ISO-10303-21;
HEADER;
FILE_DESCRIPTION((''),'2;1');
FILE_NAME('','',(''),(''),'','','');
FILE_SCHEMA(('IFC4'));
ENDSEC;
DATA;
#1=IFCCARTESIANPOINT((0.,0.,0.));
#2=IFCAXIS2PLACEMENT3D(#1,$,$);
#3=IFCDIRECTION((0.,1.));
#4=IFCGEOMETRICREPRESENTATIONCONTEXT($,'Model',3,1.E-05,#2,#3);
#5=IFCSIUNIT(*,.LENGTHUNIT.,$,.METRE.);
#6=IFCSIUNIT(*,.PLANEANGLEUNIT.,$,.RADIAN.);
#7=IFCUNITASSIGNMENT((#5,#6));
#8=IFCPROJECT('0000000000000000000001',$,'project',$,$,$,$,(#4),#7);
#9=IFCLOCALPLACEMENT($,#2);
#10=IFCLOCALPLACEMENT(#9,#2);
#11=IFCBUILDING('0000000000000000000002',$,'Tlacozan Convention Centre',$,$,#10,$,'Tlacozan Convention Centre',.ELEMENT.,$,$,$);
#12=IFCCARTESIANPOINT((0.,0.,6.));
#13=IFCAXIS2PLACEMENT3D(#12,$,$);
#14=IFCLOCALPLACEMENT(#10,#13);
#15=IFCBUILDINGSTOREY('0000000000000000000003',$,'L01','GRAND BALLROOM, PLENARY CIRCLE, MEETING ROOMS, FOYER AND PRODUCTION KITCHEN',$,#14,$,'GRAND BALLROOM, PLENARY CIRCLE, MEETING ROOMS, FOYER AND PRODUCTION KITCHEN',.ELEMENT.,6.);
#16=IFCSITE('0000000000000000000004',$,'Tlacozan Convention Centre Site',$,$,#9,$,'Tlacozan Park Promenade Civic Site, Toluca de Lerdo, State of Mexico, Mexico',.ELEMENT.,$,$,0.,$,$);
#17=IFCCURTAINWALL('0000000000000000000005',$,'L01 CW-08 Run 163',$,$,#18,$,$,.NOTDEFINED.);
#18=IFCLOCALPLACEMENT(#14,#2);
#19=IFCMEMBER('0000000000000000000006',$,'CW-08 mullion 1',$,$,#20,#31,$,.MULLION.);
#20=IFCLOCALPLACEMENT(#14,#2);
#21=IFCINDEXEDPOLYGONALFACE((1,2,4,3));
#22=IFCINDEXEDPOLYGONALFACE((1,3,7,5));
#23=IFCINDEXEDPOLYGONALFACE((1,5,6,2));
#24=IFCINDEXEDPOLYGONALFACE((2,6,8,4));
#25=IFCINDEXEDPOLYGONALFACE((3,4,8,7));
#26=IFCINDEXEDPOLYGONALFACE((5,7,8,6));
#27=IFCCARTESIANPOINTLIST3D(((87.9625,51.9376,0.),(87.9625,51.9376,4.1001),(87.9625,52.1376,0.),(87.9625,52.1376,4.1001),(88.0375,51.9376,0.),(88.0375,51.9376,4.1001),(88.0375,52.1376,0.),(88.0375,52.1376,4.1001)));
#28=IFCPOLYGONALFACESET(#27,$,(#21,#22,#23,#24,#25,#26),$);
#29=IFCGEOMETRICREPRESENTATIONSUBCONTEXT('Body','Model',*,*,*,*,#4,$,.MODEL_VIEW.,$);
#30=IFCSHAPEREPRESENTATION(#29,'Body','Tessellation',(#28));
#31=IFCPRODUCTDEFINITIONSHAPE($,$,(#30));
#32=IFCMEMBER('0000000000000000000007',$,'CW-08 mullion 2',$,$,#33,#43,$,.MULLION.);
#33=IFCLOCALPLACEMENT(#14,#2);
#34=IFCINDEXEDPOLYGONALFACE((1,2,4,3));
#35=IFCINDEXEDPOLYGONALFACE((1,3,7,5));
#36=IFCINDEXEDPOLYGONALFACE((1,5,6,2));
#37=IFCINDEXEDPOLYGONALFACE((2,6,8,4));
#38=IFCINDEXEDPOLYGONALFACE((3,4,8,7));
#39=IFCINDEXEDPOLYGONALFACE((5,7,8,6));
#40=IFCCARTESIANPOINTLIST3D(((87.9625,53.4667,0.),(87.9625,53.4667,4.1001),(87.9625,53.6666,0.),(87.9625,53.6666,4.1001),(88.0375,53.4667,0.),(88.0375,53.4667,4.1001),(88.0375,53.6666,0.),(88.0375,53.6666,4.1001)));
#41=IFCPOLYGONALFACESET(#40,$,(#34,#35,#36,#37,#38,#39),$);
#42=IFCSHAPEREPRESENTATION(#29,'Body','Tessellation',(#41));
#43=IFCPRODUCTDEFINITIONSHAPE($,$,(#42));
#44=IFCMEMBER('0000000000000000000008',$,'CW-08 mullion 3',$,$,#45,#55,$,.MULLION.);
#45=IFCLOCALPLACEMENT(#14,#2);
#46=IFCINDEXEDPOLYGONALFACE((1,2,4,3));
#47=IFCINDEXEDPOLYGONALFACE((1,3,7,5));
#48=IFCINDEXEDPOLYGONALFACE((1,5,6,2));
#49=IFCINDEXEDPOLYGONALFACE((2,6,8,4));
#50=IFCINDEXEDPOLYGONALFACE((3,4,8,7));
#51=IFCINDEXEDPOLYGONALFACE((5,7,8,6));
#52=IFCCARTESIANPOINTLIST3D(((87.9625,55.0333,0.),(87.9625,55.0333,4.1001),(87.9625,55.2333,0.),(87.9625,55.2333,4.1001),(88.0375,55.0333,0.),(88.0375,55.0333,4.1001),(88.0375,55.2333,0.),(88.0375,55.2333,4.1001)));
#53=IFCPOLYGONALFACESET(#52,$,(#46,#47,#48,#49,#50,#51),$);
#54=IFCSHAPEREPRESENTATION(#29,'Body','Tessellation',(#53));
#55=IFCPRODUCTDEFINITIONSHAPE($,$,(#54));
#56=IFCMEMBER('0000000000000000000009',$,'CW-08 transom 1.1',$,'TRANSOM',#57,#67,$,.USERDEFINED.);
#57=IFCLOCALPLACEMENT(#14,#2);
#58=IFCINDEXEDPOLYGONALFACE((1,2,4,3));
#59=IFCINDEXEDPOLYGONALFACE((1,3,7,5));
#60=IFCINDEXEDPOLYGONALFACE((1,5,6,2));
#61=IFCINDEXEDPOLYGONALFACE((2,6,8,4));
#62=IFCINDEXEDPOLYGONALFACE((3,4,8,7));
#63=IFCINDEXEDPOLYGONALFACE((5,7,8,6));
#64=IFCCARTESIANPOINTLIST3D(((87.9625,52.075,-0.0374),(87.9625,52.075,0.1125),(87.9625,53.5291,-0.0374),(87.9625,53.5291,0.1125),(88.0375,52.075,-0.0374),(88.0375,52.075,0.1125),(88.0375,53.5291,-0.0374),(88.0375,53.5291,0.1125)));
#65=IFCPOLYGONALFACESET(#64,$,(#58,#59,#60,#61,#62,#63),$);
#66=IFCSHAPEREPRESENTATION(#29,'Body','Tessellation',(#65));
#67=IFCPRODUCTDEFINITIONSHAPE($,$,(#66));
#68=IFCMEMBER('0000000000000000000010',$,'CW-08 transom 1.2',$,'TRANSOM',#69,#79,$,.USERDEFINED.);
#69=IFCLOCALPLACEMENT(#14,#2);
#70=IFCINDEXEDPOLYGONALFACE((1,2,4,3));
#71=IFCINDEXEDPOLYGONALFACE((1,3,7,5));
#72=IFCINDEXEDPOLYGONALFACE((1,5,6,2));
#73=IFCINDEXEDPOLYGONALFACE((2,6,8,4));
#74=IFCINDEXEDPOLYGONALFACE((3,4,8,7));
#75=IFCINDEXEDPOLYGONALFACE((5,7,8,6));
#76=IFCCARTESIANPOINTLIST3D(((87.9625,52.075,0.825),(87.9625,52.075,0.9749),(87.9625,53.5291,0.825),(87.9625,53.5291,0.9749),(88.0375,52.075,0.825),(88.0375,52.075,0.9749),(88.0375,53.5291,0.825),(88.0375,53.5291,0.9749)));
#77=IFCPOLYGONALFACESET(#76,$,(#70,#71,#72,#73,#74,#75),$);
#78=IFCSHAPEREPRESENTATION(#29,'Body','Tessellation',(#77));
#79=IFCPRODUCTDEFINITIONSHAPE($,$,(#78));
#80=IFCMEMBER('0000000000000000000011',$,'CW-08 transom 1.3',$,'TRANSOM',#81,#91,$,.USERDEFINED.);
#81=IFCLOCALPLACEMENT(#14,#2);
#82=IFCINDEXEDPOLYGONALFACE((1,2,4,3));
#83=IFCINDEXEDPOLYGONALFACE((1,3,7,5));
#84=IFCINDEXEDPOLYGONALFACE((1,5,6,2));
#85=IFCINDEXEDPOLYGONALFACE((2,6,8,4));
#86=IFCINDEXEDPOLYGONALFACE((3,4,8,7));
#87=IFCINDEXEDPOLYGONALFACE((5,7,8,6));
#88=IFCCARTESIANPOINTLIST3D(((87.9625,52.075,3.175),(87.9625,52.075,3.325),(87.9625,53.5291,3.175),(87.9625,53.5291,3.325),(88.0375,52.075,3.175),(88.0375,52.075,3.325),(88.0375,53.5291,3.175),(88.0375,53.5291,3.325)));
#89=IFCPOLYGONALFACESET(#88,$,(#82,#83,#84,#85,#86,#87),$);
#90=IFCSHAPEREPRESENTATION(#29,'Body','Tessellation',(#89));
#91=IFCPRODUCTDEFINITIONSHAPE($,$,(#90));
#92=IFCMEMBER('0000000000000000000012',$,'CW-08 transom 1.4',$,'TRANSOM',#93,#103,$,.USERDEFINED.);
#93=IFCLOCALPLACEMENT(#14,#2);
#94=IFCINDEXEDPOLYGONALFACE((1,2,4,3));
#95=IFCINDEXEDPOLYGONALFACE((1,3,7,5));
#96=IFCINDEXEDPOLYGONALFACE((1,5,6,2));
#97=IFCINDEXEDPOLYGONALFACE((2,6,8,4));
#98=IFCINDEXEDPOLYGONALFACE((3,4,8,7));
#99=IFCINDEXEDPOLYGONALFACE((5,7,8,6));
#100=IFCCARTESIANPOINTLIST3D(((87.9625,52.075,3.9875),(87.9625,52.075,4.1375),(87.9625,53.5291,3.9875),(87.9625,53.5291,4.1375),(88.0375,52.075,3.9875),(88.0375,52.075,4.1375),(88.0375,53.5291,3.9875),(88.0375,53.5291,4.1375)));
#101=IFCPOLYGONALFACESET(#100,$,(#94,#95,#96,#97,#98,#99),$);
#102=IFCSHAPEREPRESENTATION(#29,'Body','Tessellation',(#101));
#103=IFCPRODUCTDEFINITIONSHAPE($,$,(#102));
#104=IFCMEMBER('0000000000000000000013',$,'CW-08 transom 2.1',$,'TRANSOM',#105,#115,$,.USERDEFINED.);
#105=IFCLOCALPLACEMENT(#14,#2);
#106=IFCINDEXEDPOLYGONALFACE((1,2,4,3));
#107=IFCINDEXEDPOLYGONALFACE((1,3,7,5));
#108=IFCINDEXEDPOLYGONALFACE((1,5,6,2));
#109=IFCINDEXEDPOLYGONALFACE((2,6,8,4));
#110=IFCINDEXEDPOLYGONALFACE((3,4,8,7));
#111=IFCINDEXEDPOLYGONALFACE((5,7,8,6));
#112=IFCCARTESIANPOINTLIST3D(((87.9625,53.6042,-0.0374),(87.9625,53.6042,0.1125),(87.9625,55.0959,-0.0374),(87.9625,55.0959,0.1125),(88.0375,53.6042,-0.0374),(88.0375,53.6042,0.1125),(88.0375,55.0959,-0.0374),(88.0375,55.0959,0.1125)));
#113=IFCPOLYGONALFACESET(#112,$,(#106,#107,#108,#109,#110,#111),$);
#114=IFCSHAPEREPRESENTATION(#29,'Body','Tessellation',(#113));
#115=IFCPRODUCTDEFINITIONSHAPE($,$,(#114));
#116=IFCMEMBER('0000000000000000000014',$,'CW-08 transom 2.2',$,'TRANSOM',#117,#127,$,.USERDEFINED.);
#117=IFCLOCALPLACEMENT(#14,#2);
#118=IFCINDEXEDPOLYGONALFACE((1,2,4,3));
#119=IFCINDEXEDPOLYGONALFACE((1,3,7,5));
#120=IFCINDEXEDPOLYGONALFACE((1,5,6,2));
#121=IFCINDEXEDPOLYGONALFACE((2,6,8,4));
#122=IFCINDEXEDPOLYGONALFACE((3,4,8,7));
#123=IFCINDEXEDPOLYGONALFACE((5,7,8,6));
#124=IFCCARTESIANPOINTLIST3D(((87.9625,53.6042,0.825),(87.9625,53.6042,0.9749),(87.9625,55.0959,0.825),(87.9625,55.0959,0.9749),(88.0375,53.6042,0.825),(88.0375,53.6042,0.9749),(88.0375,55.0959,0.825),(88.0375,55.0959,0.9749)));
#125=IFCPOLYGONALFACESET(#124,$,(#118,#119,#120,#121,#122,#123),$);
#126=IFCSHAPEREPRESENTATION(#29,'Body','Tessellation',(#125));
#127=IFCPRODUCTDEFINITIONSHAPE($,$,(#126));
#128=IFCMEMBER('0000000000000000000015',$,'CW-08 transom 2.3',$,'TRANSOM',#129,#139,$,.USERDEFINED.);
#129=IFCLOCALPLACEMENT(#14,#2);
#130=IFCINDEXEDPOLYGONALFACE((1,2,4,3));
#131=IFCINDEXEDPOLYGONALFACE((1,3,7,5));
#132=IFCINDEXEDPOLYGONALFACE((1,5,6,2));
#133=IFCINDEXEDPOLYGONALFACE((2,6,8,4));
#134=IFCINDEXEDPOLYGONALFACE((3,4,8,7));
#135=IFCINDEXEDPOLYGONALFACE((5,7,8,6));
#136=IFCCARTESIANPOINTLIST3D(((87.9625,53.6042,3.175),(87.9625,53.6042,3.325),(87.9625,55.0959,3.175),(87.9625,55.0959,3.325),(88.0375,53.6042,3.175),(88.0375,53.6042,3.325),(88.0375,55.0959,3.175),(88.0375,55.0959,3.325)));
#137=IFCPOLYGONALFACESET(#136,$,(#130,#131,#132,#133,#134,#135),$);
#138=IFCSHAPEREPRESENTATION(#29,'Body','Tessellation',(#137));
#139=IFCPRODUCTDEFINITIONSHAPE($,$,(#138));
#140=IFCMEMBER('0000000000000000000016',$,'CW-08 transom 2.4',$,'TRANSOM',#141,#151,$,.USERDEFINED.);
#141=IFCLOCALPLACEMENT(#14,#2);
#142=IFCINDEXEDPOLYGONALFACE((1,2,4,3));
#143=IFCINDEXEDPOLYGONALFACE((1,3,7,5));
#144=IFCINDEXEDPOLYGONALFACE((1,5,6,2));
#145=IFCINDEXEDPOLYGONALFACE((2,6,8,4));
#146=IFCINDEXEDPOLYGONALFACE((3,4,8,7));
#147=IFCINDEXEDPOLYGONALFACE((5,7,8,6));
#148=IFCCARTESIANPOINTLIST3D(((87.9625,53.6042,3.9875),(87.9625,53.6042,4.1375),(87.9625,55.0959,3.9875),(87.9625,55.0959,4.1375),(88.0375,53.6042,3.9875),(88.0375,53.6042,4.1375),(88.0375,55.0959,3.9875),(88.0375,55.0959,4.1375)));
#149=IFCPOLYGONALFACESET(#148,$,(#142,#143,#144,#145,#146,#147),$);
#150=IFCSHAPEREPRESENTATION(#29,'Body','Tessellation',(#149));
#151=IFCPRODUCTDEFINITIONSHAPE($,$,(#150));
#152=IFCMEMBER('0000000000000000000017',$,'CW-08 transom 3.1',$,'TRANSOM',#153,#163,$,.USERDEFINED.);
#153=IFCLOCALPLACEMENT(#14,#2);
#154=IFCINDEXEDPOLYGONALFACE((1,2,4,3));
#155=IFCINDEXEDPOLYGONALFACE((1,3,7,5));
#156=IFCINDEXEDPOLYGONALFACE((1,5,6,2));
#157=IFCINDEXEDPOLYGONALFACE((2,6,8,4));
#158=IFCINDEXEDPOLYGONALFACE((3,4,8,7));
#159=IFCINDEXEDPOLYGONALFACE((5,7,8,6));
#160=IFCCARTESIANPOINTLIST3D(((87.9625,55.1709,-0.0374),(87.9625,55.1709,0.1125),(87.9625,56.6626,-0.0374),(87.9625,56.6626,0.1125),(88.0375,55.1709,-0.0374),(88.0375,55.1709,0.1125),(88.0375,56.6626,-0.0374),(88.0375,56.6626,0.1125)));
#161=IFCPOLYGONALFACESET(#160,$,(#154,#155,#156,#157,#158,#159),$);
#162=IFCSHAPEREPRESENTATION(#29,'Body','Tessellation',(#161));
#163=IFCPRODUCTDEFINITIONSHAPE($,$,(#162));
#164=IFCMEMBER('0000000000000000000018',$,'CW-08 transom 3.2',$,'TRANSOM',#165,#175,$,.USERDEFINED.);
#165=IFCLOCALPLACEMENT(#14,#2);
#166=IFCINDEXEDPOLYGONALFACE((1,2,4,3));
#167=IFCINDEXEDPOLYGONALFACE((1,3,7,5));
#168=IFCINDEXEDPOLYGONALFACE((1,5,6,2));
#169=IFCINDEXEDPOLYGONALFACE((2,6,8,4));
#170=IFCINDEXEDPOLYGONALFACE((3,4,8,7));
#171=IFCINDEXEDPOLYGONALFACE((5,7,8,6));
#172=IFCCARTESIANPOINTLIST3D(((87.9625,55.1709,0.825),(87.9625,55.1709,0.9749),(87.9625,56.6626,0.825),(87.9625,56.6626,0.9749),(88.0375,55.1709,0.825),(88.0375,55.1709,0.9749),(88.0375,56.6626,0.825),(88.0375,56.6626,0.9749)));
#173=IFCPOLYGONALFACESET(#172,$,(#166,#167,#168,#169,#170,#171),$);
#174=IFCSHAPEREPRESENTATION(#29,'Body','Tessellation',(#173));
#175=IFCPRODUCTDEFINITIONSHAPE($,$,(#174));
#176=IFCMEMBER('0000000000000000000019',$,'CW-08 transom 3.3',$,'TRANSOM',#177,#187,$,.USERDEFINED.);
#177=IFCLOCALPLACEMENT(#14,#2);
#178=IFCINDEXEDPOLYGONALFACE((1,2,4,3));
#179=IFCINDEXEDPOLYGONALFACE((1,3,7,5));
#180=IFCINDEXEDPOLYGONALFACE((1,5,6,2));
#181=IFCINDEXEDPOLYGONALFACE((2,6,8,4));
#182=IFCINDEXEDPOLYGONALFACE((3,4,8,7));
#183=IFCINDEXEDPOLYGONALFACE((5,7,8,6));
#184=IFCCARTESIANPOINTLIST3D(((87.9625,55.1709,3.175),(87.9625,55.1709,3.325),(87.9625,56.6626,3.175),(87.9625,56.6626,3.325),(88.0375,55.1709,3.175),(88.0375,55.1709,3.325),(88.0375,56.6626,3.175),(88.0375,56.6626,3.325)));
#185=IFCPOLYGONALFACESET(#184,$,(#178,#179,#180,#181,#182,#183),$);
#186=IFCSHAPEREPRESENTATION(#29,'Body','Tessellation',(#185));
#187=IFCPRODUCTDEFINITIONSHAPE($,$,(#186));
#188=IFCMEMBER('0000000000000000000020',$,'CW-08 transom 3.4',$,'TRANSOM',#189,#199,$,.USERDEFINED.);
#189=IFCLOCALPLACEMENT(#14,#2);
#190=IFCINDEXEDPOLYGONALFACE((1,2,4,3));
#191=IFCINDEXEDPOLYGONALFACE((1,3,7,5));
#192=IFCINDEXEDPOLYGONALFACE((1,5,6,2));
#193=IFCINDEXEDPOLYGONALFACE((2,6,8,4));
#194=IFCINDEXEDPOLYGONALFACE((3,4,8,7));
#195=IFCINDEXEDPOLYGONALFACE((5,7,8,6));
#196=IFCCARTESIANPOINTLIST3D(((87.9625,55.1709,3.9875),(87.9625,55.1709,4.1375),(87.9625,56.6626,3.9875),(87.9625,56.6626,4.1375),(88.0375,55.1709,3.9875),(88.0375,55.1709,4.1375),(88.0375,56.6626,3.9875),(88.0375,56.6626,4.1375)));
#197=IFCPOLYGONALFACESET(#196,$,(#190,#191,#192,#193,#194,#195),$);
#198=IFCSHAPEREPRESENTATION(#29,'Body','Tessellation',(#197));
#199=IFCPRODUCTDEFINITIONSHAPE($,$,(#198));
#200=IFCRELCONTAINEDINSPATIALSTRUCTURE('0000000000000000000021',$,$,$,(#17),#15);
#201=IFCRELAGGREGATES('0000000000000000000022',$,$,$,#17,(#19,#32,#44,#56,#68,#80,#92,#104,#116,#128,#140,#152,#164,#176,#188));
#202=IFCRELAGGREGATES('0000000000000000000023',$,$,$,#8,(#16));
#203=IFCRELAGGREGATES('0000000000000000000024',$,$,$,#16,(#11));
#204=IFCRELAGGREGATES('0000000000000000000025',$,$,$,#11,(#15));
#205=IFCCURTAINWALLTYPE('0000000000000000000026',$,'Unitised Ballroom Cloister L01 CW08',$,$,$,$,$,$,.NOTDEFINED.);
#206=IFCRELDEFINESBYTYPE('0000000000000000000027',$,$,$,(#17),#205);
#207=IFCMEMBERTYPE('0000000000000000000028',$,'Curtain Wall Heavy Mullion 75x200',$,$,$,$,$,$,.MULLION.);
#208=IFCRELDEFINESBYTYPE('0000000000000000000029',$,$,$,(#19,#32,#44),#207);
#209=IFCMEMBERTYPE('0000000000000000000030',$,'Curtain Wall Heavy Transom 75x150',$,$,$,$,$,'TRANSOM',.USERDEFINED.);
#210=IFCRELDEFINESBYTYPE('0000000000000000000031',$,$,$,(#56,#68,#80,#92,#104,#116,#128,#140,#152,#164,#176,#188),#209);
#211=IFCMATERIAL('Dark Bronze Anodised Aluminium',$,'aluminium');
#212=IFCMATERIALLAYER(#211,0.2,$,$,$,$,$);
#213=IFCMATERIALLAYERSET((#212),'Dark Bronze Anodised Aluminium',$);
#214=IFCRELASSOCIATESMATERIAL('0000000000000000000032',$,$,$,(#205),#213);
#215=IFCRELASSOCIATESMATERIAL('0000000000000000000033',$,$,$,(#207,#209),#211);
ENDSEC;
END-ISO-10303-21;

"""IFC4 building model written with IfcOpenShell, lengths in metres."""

from ifc_helpers import new_model, si_unit, direction, frame, origin, origin_2d, place, context, subcontext, project, spatial, rectangle, extrude, material, layer, layer_set, material_profile, profile_set, type_object, element, aggregate, save


model = new_model("IFC4")

# Units and contexts
model_context = context("Model", 3, precision=1e-05, world=origin(), true_north=direction((0.0, 1.0)))
body_context = subcontext(model_context, "Body", "Model", "MODEL_VIEW")
ifc_project = project(units=[si_unit("LENGTHUNIT", "METRE"), si_unit("PLANEANGLEUNIT", "RADIAN")], contexts=[model_context])

# Site, building, storey
site_placement = place(None, origin())
site = spatial("IfcSite", under=ifc_project, at=site_placement, Name="Tlacozan Convention Centre Site", LongName="Tlacozan Park Promenade Civic Site, Toluca de Lerdo, State of Mexico, Mexico", CompositionType="ELEMENT", RefElevation=0.0)
building_placement = place(site_placement, origin())
building = spatial("IfcBuilding", under=site, at=building_placement, Name="Tlacozan Convention Centre", LongName="Tlacozan Convention Centre", CompositionType="ELEMENT")
storey_placement = place(building_placement, frame((0.0, 0.0, 6.0)))
storey = spatial("IfcBuildingStorey", under=building, at=storey_placement, Name="L01", Description="GRAND BALLROOM, PLENARY CIRCLE, MEETING ROOMS, FOYER AND PRODUCTION KITCHEN", LongName="GRAND BALLROOM, PLENARY CIRCLE, MEETING ROOMS, FOYER AND PRODUCTION KITCHEN", CompositionType="ELEMENT", Elevation=6.0)

# Curtain wall, members
ifc_material_1 = material(Name="Dark Bronze Anodised Aluminium", Category="aluminium")
ifc_layer_1 = layer(ifc_material_1, 0.2)
ifc_layer_set_1 = layer_set([ifc_layer_1], Name="Dark Bronze Anodised Aluminium")
curtain_wall_type = type_object("IfcCurtainWallType", Name="Unitised Ballroom Cloister L01 CW08", PredefinedType="NOTDEFINED", material=ifc_layer_set_1)
curtain_wall_placement = place(storey_placement, origin())
curtain_wall = element("IfcCurtainWall", 1, at=curtain_wall_placement, inside=storey, type_object=curtain_wall_type, Name="L01 CW-08 Run 163", PredefinedType="NOTDEFINED")
ifc_material_profile_1 = material_profile(ifc_material_1, rectangle(XDim=0.075, YDim=0.2, at=origin_2d()), Name="ALU 75x200")
ifc_profile_set_1 = profile_set([ifc_material_profile_1], Name="Dark Bronze Anodised Aluminium")
member_type_1 = type_object("IfcMemberType", Name="Curtain Wall Heavy Mullion 75x200", PredefinedType="MULLION", material=ifc_profile_set_1)
member_1_placement = place(storey_placement, frame((88.0, 52.0376, 0.0), z_axis=(0.0, 0.0, 1.0), x_axis=(-1.0, 0.0, 0.0)))
member_1 = element("IfcMember", 2, at=member_1_placement, type_object=member_type_1, Name="CW-08 mullion 1", PredefinedType="MULLION", context=body_context, shape_type="SweptSolid", body=[
    extrude(rectangle(XDim=0.075, YDim=0.2, at=origin_2d()), origin(), (0.0, 0.0, 1.0), 4.1001),
])
member_2_placement = place(storey_placement, frame((88.0, 53.5667, 0.0), z_axis=(0.0, 0.0, 1.0), x_axis=(-1.0, 0.0, 0.0)))
member_2 = element("IfcMember", 3, at=member_2_placement, type_object=member_type_1, Name="CW-08 mullion 2", PredefinedType="MULLION", context=body_context, shape_type="SweptSolid", body=[
    extrude(rectangle(XDim=0.075, YDim=0.2, at=origin_2d()), origin(), (0.0, 0.0, 1.0), 4.1001),
])
member_3_placement = place(storey_placement, frame((88.0, 55.1333, 0.0), z_axis=(0.0, 0.0, 1.0), x_axis=(-1.0, 0.0, 0.0)))
member_3 = element("IfcMember", 4, at=member_3_placement, type_object=member_type_1, Name="CW-08 mullion 3", PredefinedType="MULLION", context=body_context, shape_type="SweptSolid", body=[
    extrude(rectangle(XDim=0.075, YDim=0.2, at=origin_2d()), origin(), (0.0, 0.0, 1.0), 4.1001),
])
ifc_material_profile_2 = material_profile(ifc_material_1, rectangle(XDim=0.075, YDim=0.1499, at=origin_2d()), Name="ALU 75x150")
ifc_profile_set_2 = profile_set([ifc_material_profile_2], Name="Dark Bronze Anodised Aluminium")
member_type_2 = type_object("IfcMemberType", Name="Curtain Wall Heavy Transom 75x150", ElementType="TRANSOM", PredefinedType="USERDEFINED", material=ifc_profile_set_2)
member_4_placement = place(storey_placement, frame((88.0, 52.075, 0.0376), z_axis=(0.0, 1.0, 0.0), x_axis=(-1.0, 0.0, 0.0)))
member_4 = element("IfcMember", 5, at=member_4_placement, type_object=member_type_2, Name="CW-08 transom 1.1", ObjectType="TRANSOM", PredefinedType="USERDEFINED", context=body_context, shape_type="SweptSolid", body=[
    extrude(rectangle(XDim=0.075, YDim=0.1499, at=origin_2d()), origin(), (0.0, 0.0, 1.0), 1.4541),
])
member_5_placement = place(storey_placement, frame((88.0, 52.075, 0.8999), z_axis=(0.0, 1.0, 0.0), x_axis=(-1.0, 0.0, 0.0)))
member_5 = element("IfcMember", 6, at=member_5_placement, type_object=member_type_2, Name="CW-08 transom 1.2", ObjectType="TRANSOM", PredefinedType="USERDEFINED", context=body_context, shape_type="SweptSolid", body=[
    extrude(rectangle(XDim=0.075, YDim=0.1499, at=origin_2d()), origin(), (0.0, 0.0, 1.0), 1.4541),
])
member_6_placement = place(storey_placement, frame((88.0, 52.075, 3.25), z_axis=(0.0, 1.0, 0.0), x_axis=(-1.0, 0.0, 0.0)))
member_6 = element("IfcMember", 7, at=member_6_placement, type_object=member_type_2, Name="CW-08 transom 1.3", ObjectType="TRANSOM", PredefinedType="USERDEFINED", context=body_context, shape_type="SweptSolid", body=[
    extrude(rectangle(XDim=0.075, YDim=0.1499, at=origin_2d()), origin(), (0.0, 0.0, 1.0), 1.4541),
])
member_7_placement = place(storey_placement, frame((88.0, 52.075, 4.0625), z_axis=(0.0, 1.0, 0.0), x_axis=(-1.0, 0.0, 0.0)))
member_7 = element("IfcMember", 8, at=member_7_placement, type_object=member_type_2, Name="CW-08 transom 1.4", ObjectType="TRANSOM", PredefinedType="USERDEFINED", context=body_context, shape_type="SweptSolid", body=[
    extrude(rectangle(XDim=0.075, YDim=0.1499, at=origin_2d()), origin(), (0.0, 0.0, 1.0), 1.4541),
])
member_8_placement = place(storey_placement, frame((88.0, 53.6042, 0.0376), z_axis=(0.0, 1.0, 0.0), x_axis=(-1.0, 0.0, 0.0)))
member_8 = element("IfcMember", 9, at=member_8_placement, type_object=member_type_2, Name="CW-08 transom 2.1", ObjectType="TRANSOM", PredefinedType="USERDEFINED", context=body_context, shape_type="SweptSolid", body=[
    extrude(rectangle(XDim=0.075, YDim=0.1499, at=origin_2d()), origin(), (0.0, 0.0, 1.0), 1.4917),
])
member_9_placement = place(storey_placement, frame((88.0, 53.6042, 0.8999), z_axis=(0.0, 1.0, 0.0), x_axis=(-1.0, 0.0, 0.0)))
member_9 = element("IfcMember", 10, at=member_9_placement, type_object=member_type_2, Name="CW-08 transom 2.2", ObjectType="TRANSOM", PredefinedType="USERDEFINED", context=body_context, shape_type="SweptSolid", body=[
    extrude(rectangle(XDim=0.075, YDim=0.1499, at=origin_2d()), origin(), (0.0, 0.0, 1.0), 1.4917),
])
member_10_placement = place(storey_placement, frame((88.0, 53.6042, 3.25), z_axis=(0.0, 1.0, 0.0), x_axis=(-1.0, 0.0, 0.0)))
member_10 = element("IfcMember", 11, at=member_10_placement, type_object=member_type_2, Name="CW-08 transom 2.3", ObjectType="TRANSOM", PredefinedType="USERDEFINED", context=body_context, shape_type="SweptSolid", body=[
    extrude(rectangle(XDim=0.075, YDim=0.1499, at=origin_2d()), origin(), (0.0, 0.0, 1.0), 1.4917),
])
member_11_placement = place(storey_placement, frame((88.0, 53.6042, 4.0625), z_axis=(0.0, 1.0, 0.0), x_axis=(-1.0, 0.0, 0.0)))
member_11 = element("IfcMember", 12, at=member_11_placement, type_object=member_type_2, Name="CW-08 transom 2.4", ObjectType="TRANSOM", PredefinedType="USERDEFINED", context=body_context, shape_type="SweptSolid", body=[
    extrude(rectangle(XDim=0.075, YDim=0.1499, at=origin_2d()), origin(), (0.0, 0.0, 1.0), 1.4917),
])
member_12_placement = place(storey_placement, frame((88.0, 55.1709, 0.0376), z_axis=(0.0, 1.0, 0.0), x_axis=(-1.0, 0.0, 0.0)))
member_12 = element("IfcMember", 13, at=member_12_placement, type_object=member_type_2, Name="CW-08 transom 3.1", ObjectType="TRANSOM", PredefinedType="USERDEFINED", context=body_context, shape_type="SweptSolid", body=[
    extrude(rectangle(XDim=0.075, YDim=0.1499, at=origin_2d()), origin(), (0.0, 0.0, 1.0), 1.4917),
])
member_13_placement = place(storey_placement, frame((88.0, 55.1709, 0.8999), z_axis=(0.0, 1.0, 0.0), x_axis=(-1.0, 0.0, 0.0)))
member_13 = element("IfcMember", 14, at=member_13_placement, type_object=member_type_2, Name="CW-08 transom 3.2", ObjectType="TRANSOM", PredefinedType="USERDEFINED", context=body_context, shape_type="SweptSolid", body=[
    extrude(rectangle(XDim=0.075, YDim=0.1499, at=origin_2d()), origin(), (0.0, 0.0, 1.0), 1.4917),
])
member_14_placement = place(storey_placement, frame((88.0, 55.1709, 3.25), z_axis=(0.0, 1.0, 0.0), x_axis=(-1.0, 0.0, 0.0)))
member_14 = element("IfcMember", 15, at=member_14_placement, type_object=member_type_2, Name="CW-08 transom 3.3", ObjectType="TRANSOM", PredefinedType="USERDEFINED", context=body_context, shape_type="SweptSolid", body=[
    extrude(rectangle(XDim=0.075, YDim=0.1499, at=origin_2d()), origin(), (0.0, 0.0, 1.0), 1.4917),
])
member_15_placement = place(storey_placement, frame((88.0, 55.1709, 4.0625), z_axis=(0.0, 1.0, 0.0), x_axis=(-1.0, 0.0, 0.0)))
member_15 = element("IfcMember", 16, at=member_15_placement, type_object=member_type_2, Name="CW-08 transom 3.4", ObjectType="TRANSOM", PredefinedType="USERDEFINED", context=body_context, shape_type="SweptSolid", body=[
    extrude(rectangle(XDim=0.075, YDim=0.1499, at=origin_2d()), origin(), (0.0, 0.0, 1.0), 1.4917),
])
aggregate(curtain_wall, [member_1, member_2, member_3, member_4, member_5, member_6, member_7, member_8, member_9, member_10, member_11, member_12, member_13, member_14, member_15])

save(model, "model.ifc")
